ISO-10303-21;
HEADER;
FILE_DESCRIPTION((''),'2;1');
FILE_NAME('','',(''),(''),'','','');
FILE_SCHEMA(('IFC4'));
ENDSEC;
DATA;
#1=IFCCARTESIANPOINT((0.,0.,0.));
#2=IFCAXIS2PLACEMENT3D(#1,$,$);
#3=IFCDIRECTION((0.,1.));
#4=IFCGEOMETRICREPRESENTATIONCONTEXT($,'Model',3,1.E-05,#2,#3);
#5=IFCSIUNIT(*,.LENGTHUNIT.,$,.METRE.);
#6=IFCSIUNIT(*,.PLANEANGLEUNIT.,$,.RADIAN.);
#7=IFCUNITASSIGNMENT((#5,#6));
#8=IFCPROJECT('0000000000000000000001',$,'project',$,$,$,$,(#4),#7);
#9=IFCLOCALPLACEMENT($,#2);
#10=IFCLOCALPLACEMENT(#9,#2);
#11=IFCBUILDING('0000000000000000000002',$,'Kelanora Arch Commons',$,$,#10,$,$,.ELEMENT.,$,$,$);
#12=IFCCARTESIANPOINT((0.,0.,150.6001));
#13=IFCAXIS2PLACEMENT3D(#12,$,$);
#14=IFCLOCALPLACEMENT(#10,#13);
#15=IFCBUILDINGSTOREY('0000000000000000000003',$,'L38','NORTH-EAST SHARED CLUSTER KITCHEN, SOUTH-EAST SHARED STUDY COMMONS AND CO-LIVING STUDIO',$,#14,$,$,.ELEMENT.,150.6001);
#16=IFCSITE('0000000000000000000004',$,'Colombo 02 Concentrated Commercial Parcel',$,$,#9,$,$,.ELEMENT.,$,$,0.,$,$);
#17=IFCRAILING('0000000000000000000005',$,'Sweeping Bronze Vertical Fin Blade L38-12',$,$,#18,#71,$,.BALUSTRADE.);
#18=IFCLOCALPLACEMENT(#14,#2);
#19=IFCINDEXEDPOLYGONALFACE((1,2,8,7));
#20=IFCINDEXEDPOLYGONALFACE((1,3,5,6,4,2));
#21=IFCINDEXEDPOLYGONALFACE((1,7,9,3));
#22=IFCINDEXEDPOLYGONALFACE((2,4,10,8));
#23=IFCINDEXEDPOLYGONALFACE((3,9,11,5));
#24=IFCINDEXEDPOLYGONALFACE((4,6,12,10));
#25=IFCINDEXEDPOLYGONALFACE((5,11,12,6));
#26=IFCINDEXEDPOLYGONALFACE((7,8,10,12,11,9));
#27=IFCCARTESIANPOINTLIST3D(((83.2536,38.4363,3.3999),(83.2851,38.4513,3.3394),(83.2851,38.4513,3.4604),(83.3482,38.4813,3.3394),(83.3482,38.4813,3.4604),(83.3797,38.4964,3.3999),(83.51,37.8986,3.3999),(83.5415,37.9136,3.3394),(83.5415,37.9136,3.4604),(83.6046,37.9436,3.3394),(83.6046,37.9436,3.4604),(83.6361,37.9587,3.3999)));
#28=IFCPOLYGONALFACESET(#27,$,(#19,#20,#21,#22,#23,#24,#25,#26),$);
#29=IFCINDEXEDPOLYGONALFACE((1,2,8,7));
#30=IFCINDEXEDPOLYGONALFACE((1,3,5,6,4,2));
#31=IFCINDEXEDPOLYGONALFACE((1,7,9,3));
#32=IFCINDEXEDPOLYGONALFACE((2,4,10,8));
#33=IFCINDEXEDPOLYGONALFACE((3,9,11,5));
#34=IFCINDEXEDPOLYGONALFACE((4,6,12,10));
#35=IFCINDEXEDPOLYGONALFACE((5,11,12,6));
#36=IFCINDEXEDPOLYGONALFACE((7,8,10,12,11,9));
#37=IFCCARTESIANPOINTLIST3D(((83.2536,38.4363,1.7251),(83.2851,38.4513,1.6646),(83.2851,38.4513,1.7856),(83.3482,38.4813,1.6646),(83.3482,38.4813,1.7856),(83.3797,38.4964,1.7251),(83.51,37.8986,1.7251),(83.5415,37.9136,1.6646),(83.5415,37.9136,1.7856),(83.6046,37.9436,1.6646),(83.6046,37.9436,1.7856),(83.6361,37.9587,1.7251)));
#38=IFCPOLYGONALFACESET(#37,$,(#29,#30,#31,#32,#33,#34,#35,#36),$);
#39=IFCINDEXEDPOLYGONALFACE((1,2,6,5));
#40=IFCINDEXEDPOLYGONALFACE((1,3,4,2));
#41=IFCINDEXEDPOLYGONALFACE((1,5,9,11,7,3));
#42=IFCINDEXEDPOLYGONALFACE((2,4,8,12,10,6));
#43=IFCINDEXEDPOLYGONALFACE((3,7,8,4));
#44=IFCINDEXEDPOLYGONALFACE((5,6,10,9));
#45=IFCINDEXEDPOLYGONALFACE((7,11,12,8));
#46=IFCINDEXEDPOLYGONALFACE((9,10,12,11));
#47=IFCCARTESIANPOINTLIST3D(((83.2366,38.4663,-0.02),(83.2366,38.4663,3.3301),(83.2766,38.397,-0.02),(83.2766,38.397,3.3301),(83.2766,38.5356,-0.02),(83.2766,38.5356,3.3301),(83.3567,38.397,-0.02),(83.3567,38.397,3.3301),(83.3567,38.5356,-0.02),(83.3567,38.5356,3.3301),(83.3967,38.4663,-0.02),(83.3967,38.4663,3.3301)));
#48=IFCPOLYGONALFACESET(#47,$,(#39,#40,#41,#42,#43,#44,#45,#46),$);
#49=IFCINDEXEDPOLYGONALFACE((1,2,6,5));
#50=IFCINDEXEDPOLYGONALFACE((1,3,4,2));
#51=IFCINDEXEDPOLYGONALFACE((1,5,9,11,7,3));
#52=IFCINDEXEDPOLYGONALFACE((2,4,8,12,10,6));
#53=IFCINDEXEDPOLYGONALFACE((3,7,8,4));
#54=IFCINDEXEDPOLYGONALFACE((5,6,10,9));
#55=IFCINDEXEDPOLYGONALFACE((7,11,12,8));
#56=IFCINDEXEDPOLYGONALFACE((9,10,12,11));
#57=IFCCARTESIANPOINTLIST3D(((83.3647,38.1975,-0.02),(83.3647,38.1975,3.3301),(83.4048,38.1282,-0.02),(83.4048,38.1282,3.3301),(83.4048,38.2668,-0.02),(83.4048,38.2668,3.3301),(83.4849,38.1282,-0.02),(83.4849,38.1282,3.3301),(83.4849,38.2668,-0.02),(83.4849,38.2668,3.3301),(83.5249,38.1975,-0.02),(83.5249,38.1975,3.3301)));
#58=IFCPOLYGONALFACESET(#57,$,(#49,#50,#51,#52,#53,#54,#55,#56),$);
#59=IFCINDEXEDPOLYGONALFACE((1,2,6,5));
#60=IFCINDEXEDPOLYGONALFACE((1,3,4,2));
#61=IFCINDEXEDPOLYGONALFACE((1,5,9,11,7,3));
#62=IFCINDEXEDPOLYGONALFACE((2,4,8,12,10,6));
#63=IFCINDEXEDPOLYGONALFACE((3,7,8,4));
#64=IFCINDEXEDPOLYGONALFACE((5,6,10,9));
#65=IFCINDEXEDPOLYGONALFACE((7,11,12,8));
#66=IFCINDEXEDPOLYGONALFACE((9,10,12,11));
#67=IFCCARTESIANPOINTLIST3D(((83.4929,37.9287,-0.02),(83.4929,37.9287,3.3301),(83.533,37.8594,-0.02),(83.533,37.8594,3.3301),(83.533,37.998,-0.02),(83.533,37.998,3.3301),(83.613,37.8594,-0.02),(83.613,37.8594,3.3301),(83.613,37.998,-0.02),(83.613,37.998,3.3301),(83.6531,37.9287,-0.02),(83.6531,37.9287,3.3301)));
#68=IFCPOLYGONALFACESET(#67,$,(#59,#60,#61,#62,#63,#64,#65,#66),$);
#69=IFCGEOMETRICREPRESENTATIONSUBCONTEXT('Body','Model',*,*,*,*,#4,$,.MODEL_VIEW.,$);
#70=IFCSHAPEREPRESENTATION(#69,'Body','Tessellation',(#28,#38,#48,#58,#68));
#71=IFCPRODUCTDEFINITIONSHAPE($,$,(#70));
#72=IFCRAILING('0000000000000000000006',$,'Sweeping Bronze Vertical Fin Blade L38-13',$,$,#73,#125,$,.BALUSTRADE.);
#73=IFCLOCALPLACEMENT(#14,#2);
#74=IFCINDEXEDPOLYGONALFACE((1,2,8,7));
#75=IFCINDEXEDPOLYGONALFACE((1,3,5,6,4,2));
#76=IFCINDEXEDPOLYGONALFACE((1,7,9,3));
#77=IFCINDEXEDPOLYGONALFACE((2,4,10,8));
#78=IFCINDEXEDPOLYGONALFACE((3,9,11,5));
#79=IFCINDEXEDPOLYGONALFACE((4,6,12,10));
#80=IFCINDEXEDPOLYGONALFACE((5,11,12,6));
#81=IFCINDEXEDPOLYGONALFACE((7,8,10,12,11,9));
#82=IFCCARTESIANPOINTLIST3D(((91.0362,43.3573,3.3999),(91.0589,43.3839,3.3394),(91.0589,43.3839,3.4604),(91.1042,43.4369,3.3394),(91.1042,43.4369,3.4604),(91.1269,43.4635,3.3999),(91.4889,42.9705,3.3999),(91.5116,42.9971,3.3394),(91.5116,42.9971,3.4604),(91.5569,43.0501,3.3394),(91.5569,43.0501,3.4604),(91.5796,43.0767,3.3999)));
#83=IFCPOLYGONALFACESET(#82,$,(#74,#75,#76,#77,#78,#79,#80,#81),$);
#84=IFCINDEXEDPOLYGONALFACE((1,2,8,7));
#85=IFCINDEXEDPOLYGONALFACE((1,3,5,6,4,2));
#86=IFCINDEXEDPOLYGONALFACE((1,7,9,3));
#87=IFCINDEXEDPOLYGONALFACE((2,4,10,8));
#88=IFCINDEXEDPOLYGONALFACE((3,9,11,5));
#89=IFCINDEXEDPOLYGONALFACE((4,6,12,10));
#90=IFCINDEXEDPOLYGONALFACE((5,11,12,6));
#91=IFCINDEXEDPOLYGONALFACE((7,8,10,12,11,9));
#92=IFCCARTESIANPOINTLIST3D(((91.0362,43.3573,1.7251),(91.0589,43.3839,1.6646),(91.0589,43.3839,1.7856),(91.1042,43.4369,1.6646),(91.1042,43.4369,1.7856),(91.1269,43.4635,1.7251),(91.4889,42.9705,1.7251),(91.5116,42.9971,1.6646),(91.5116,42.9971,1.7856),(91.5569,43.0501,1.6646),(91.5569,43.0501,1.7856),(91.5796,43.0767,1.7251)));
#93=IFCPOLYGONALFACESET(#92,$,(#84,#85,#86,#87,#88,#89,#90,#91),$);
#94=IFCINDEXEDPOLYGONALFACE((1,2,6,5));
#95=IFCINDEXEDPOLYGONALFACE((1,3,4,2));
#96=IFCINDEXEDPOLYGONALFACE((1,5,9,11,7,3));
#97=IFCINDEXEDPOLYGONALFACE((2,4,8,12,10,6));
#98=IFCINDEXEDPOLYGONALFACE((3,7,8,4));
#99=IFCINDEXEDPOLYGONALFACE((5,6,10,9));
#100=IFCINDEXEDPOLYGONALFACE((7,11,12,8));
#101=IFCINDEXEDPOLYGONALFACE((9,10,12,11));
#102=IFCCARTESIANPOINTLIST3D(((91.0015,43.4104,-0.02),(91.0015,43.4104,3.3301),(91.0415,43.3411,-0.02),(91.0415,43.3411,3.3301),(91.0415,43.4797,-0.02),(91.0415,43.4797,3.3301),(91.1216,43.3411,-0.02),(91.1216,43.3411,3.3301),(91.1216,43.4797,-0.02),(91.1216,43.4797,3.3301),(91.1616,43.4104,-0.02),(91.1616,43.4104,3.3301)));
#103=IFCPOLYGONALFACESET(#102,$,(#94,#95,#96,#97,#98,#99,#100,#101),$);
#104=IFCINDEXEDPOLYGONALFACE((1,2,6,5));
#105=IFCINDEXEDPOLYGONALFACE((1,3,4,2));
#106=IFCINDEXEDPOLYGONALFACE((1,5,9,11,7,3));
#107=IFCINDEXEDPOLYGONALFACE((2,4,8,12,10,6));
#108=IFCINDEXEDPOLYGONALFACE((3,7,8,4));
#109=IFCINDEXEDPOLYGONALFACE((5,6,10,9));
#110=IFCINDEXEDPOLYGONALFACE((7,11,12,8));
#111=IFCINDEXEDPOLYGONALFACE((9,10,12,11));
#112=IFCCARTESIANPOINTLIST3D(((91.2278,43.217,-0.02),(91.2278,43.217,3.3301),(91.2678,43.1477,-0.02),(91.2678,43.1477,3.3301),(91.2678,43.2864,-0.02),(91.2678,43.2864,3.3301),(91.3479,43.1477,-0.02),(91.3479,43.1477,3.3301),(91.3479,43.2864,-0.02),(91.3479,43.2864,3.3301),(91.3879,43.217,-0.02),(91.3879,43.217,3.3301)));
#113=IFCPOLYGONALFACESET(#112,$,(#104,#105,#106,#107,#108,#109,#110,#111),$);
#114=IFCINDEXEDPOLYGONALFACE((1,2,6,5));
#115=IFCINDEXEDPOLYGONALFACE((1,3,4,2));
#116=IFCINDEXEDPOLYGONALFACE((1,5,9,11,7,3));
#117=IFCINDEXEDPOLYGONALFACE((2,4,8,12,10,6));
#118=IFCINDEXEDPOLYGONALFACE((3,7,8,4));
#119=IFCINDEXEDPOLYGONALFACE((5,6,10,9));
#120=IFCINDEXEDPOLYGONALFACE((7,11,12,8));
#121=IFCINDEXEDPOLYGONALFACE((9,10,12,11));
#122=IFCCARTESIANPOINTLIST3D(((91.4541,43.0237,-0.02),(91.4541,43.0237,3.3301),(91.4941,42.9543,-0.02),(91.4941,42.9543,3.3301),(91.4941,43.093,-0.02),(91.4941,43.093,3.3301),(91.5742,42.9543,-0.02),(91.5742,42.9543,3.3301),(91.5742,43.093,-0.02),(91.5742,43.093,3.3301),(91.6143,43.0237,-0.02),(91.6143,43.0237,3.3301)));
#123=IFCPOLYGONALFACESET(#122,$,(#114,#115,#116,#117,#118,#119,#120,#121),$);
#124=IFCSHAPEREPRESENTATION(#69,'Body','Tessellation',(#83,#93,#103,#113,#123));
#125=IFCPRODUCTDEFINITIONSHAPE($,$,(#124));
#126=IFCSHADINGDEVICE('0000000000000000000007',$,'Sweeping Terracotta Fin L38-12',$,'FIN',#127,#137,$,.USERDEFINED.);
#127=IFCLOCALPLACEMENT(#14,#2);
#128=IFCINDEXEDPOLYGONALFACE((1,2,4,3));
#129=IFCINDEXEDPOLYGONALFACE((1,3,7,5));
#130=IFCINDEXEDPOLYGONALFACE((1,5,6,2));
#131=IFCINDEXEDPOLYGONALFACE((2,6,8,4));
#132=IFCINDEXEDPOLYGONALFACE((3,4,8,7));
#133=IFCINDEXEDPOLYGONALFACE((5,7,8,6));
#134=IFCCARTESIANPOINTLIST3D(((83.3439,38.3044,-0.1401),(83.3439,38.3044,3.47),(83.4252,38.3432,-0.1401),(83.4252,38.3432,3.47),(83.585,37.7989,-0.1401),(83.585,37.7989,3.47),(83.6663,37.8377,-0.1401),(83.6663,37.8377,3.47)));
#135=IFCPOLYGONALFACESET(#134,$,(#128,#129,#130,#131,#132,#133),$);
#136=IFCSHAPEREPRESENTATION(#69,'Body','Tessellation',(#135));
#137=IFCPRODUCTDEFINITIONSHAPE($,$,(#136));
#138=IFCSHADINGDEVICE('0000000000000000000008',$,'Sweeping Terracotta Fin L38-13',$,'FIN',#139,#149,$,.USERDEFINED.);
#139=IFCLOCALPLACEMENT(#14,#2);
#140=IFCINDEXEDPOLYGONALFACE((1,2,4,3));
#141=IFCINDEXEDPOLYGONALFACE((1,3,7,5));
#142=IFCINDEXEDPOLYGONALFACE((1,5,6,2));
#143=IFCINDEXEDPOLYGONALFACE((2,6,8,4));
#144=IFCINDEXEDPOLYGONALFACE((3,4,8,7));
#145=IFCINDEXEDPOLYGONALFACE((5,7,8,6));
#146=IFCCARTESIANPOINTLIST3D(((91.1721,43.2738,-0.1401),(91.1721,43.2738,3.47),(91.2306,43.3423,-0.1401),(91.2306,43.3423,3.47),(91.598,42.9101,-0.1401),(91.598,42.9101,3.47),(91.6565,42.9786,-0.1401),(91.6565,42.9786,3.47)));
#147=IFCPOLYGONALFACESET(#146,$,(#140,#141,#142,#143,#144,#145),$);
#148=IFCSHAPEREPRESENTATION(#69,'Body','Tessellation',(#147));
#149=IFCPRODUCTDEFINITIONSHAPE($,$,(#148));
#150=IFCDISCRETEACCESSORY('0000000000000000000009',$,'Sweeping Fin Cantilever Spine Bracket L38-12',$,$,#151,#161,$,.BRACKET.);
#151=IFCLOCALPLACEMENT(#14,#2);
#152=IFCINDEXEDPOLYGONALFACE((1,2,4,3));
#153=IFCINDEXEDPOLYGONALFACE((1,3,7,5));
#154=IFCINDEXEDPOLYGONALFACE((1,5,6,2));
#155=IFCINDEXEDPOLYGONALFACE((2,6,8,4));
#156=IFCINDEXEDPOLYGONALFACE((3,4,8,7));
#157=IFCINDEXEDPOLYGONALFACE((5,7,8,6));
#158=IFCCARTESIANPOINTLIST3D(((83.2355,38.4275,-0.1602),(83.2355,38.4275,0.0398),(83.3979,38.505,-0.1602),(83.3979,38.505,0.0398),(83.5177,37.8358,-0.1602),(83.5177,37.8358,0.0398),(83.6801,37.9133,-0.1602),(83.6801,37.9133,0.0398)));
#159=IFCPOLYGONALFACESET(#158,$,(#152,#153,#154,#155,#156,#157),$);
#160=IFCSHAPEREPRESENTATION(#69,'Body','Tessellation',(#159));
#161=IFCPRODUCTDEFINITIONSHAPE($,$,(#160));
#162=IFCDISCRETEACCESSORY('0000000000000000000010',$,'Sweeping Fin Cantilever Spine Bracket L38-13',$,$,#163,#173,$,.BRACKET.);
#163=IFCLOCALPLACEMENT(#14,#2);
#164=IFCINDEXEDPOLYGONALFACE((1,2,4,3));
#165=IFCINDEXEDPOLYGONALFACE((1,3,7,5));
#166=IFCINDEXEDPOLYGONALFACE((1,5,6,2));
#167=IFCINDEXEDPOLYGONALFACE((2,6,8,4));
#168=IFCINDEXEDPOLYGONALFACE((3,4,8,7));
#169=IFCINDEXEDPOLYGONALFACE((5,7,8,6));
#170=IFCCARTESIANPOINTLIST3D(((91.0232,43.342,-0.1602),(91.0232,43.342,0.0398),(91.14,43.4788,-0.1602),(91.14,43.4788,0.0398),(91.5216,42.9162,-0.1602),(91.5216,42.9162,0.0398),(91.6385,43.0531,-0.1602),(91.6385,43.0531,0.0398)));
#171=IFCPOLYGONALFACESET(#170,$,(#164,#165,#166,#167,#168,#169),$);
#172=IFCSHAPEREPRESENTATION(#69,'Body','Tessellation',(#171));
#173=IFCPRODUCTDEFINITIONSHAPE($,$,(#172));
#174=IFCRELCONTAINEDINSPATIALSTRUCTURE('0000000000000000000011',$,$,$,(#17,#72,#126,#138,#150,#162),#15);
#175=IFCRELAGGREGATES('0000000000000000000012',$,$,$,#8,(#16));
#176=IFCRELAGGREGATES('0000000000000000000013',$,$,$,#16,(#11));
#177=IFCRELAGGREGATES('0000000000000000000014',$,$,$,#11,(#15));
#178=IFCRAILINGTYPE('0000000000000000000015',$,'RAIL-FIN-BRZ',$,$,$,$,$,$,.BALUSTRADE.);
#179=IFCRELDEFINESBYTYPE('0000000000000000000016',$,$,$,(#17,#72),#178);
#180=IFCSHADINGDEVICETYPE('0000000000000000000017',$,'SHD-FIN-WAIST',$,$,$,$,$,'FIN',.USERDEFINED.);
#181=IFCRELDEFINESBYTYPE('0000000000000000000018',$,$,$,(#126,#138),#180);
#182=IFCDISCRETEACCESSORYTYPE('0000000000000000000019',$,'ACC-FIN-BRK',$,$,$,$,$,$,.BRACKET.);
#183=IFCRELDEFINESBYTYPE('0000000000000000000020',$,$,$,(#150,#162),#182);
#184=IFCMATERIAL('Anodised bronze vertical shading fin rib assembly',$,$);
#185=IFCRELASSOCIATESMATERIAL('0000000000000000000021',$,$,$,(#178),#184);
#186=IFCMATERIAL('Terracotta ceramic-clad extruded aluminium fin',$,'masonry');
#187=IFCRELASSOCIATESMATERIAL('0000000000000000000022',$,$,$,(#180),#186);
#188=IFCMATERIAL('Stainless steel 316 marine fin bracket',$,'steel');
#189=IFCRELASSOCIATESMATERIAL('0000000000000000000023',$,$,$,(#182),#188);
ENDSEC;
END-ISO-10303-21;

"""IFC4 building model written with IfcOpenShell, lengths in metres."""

from ifc_helpers import new_model, si_unit, direction, frame, origin, origin_2d, place, context, subcontext, project, spatial, polyline, rectangle, outline, extrude, source, transform, mapped, material, type_object, element, save


model = new_model("IFC4")

# Units and contexts
model_context = context("Model", 3, precision=1e-05, world=origin(), true_north=direction((0.0, 1.0)))
body_context = subcontext(model_context, "Body", "Model", "MODEL_VIEW")
ifc_project = project(units=[si_unit("LENGTHUNIT", "METRE"), si_unit("PLANEANGLEUNIT", "RADIAN")], contexts=[model_context])

# Site, building, storey
site_placement = place(None, origin())
site = spatial("IfcSite", under=ifc_project, at=site_placement, Name="Colombo 02 Concentrated Commercial Parcel", CompositionType="ELEMENT", RefElevation=0.0)
building_placement = place(site_placement, origin())
building = spatial("IfcBuilding", under=site, at=building_placement, Name="Kelanora Arch Commons", CompositionType="ELEMENT")
storey_placement = place(building_placement, frame((0.0, 0.0, 150.6001)))
storey = spatial("IfcBuildingStorey", under=building, at=storey_placement, Name="L38", Description="NORTH-EAST SHARED CLUSTER KITCHEN, SOUTH-EAST SHARED STUDY COMMONS AND CO-LIVING STUDIO", CompositionType="ELEMENT", Elevation=150.6001)

# Railings
ifc_material_1 = material(Name="Anodised bronze vertical shading fin rib assembly")
railing_type = type_object("IfcRailingType", Name="RAIL-FIN-BRZ", PredefinedType="BALUSTRADE", material=ifc_material_1)
railing_1_placement = place(storey_placement, frame((83.3167, 38.4663, -0.02)))
element("IfcRailing", 1, at=railing_1_placement, inside=storey, type_object=railing_type, Name="Sweeping Bronze Vertical Fin Blade L38-12", PredefinedType="BALUSTRADE", context=body_context, shape_type="SweptSolid", body=[
    extrude(outline(polyline([(0.0698, 0.0), (0.0349, 0.0605), (-0.0349, 0.0605), (-0.0698, 0.0), (-0.0349, -0.0605), (0.0349, -0.0605), (0.0698, 0.0)])), frame((0.0, 0.0, 3.4199), z_axis=(0.430411, -0.902633, 0.0), x_axis=(0.902633, 0.430411, 0.0)), (0.0, 0.0, 1.0), 0.5957),
    extrude(outline(polyline([(0.0698, 0.0), (0.0349, 0.0605), (-0.0349, 0.0605), (-0.0698, 0.0), (-0.0349, -0.0605), (0.0349, -0.0605), (0.0698, 0.0)])), frame((0.0, 0.0, 1.7451), z_axis=(0.430411, -0.902633, 0.0), x_axis=(0.902633, 0.430411, 0.0)), (0.0, 0.0, 1.0), 0.5957),
    extrude(outline(polyline([(0.0801, 0.0), (0.04, 0.0693), (-0.04, 0.0693), (-0.0801, 0.0), (-0.04, -0.0693), (0.04, -0.0693), (0.0801, 0.0)])), origin(), (0.0, 0.0, 1.0), 3.3501),
    extrude(outline(polyline([(0.0801, 0.0), (0.04, 0.0693), (-0.04, 0.0693), (-0.0801, 0.0), (-0.04, -0.0693), (0.04, -0.0693), (0.0801, 0.0)])), frame((0.1282, -0.2688, 0.0)), (0.0, 0.0, 1.0), 3.3501),
    extrude(outline(polyline([(0.0801, 0.0), (0.04, 0.0693), (-0.04, 0.0693), (-0.0801, 0.0), (-0.04, -0.0693), (0.04, -0.0693), (0.0801, 0.0)])), frame((0.2563, -0.5376, 0.0)), (0.0, 0.0, 1.0), 3.3501),
])
railing_2_placement = place(storey_placement, frame((91.0815, 43.4104, -0.02)))
element("IfcRailing", 2, at=railing_2_placement, inside=storey, type_object=railing_type, Name="Sweeping Bronze Vertical Fin Blade L38-13", PredefinedType="BALUSTRADE", context=body_context, shape_type="SweptSolid", body=[
    extrude(outline(polyline([(0.0698, 0.0), (0.0349, 0.0605), (-0.0349, 0.0605), (-0.0698, 0.0), (-0.0349, -0.0605), (0.0349, -0.0605), (0.0698, 0.0)])), frame((0.0, 0.0, 3.4199), z_axis=(0.760298, -0.649575, 0.0), x_axis=(0.649575, 0.760298, 0.0)), (0.0, 0.0, 1.0), 0.5955),
    extrude(outline(polyline([(0.0698, 0.0), (0.0349, 0.0605), (-0.0349, 0.0605), (-0.0698, 0.0), (-0.0349, -0.0605), (0.0349, -0.0605), (0.0698, 0.0)])), frame((0.0, 0.0, 1.7451), z_axis=(0.760298, -0.649575, 0.0), x_axis=(0.649575, 0.760298, 0.0)), (0.0, 0.0, 1.0), 0.5955),
    extrude(outline(polyline([(0.0801, 0.0), (0.04, 0.0693), (-0.04, 0.0693), (-0.0801, 0.0), (-0.04, -0.0693), (0.04, -0.0693), (0.0801, 0.0)])), origin(), (0.0, 0.0, 1.0), 3.3501),
    extrude(outline(polyline([(0.0801, 0.0), (0.04, 0.0693), (-0.04, 0.0693), (-0.0801, 0.0), (-0.04, -0.0693), (0.04, -0.0693), (0.0801, 0.0)])), frame((0.2263, -0.1934, 0.0)), (0.0, 0.0, 1.0), 3.3501),
    extrude(outline(polyline([(0.0801, 0.0), (0.04, 0.0693), (-0.04, 0.0693), (-0.0801, 0.0), (-0.04, -0.0693), (0.04, -0.0693), (0.0801, 0.0)])), frame((0.4526, -0.3867, 0.0)), (0.0, 0.0, 1.0), 3.3501),
])

# Shading devices
ifc_material_2 = material(Name="Terracotta ceramic-clad extruded aluminium fin", Category="masonry")
shading_device_type = type_object("IfcShadingDeviceType", Name="SHD-FIN-WAIST", ElementType="FIN", PredefinedType="USERDEFINED", material=ifc_material_2)
shared_shape_1 = source(origin(), body_context, "Body", "SweptSolid", [
    extrude(rectangle(XDim=0.5601, YDim=0.0901, at=origin_2d()), origin(), (0.0, 0.0, 1.0), 3.6101),
])
for number, where, z_axis, x_axis, name in (
    (3, (83.5051, 38.071, -0.1401), (0.0, 0.0, 1.0), (0.430511, -0.902585, 0.0), "Sweeping Terracotta Fin L38-12"),
    (4, (91.4143, 43.1262, -0.1401), (0.0, 0.0, 1.0), (0.760406, -0.649448, 0.0), "Sweeping Terracotta Fin L38-13"),
):
    element("IfcShadingDevice", number, at=place(storey_placement, frame(where, z_axis=z_axis, x_axis=x_axis)), inside=storey, type_object=shading_device_type, Name=name, ObjectType="FIN", PredefinedType="USERDEFINED", context=body_context, shape_type="MappedRepresentation", body=[
        mapped(shared_shape_1, transform((0.0, 0.0, 0.0), scale=1.0)),
    ])

# Discrete accessories
ifc_material_3 = material(Name="Stainless steel 316 marine fin bracket", Category="steel")
discrete_accessory_type = type_object("IfcDiscreteAccessoryType", Name="ACC-FIN-BRK", PredefinedType="BRACKET", material=ifc_material_3)
shared_shape_2 = source(origin(), body_context, "Body", "SweptSolid", [
    extrude(rectangle(XDim=0.6555, YDim=0.1799, at=origin_2d()), origin(), (0.0, 0.0, 1.0), 0.2),
])
for number, where, z_axis, x_axis, name in (
    (5, (83.4578, 38.1704, -0.1602), (0.0, 0.0, 1.0), (0.430511, -0.902585, 0.0), "Sweeping Fin Cantilever Spine Bracket L38-12"),
    (6, (91.3308, 43.1975, -0.1602), (0.0, 0.0, 1.0), (0.760406, -0.649448, 0.0), "Sweeping Fin Cantilever Spine Bracket L38-13"),
):
    element("IfcDiscreteAccessory", number, at=place(storey_placement, frame(where, z_axis=z_axis, x_axis=x_axis)), inside=storey, type_object=discrete_accessory_type, Name=name, PredefinedType="BRACKET", context=body_context, shape_type="MappedRepresentation", body=[
        mapped(shared_shape_2, transform((0.0, 0.0, 0.0), scale=1.0)),
    ])

save(model, "model.ifc")
